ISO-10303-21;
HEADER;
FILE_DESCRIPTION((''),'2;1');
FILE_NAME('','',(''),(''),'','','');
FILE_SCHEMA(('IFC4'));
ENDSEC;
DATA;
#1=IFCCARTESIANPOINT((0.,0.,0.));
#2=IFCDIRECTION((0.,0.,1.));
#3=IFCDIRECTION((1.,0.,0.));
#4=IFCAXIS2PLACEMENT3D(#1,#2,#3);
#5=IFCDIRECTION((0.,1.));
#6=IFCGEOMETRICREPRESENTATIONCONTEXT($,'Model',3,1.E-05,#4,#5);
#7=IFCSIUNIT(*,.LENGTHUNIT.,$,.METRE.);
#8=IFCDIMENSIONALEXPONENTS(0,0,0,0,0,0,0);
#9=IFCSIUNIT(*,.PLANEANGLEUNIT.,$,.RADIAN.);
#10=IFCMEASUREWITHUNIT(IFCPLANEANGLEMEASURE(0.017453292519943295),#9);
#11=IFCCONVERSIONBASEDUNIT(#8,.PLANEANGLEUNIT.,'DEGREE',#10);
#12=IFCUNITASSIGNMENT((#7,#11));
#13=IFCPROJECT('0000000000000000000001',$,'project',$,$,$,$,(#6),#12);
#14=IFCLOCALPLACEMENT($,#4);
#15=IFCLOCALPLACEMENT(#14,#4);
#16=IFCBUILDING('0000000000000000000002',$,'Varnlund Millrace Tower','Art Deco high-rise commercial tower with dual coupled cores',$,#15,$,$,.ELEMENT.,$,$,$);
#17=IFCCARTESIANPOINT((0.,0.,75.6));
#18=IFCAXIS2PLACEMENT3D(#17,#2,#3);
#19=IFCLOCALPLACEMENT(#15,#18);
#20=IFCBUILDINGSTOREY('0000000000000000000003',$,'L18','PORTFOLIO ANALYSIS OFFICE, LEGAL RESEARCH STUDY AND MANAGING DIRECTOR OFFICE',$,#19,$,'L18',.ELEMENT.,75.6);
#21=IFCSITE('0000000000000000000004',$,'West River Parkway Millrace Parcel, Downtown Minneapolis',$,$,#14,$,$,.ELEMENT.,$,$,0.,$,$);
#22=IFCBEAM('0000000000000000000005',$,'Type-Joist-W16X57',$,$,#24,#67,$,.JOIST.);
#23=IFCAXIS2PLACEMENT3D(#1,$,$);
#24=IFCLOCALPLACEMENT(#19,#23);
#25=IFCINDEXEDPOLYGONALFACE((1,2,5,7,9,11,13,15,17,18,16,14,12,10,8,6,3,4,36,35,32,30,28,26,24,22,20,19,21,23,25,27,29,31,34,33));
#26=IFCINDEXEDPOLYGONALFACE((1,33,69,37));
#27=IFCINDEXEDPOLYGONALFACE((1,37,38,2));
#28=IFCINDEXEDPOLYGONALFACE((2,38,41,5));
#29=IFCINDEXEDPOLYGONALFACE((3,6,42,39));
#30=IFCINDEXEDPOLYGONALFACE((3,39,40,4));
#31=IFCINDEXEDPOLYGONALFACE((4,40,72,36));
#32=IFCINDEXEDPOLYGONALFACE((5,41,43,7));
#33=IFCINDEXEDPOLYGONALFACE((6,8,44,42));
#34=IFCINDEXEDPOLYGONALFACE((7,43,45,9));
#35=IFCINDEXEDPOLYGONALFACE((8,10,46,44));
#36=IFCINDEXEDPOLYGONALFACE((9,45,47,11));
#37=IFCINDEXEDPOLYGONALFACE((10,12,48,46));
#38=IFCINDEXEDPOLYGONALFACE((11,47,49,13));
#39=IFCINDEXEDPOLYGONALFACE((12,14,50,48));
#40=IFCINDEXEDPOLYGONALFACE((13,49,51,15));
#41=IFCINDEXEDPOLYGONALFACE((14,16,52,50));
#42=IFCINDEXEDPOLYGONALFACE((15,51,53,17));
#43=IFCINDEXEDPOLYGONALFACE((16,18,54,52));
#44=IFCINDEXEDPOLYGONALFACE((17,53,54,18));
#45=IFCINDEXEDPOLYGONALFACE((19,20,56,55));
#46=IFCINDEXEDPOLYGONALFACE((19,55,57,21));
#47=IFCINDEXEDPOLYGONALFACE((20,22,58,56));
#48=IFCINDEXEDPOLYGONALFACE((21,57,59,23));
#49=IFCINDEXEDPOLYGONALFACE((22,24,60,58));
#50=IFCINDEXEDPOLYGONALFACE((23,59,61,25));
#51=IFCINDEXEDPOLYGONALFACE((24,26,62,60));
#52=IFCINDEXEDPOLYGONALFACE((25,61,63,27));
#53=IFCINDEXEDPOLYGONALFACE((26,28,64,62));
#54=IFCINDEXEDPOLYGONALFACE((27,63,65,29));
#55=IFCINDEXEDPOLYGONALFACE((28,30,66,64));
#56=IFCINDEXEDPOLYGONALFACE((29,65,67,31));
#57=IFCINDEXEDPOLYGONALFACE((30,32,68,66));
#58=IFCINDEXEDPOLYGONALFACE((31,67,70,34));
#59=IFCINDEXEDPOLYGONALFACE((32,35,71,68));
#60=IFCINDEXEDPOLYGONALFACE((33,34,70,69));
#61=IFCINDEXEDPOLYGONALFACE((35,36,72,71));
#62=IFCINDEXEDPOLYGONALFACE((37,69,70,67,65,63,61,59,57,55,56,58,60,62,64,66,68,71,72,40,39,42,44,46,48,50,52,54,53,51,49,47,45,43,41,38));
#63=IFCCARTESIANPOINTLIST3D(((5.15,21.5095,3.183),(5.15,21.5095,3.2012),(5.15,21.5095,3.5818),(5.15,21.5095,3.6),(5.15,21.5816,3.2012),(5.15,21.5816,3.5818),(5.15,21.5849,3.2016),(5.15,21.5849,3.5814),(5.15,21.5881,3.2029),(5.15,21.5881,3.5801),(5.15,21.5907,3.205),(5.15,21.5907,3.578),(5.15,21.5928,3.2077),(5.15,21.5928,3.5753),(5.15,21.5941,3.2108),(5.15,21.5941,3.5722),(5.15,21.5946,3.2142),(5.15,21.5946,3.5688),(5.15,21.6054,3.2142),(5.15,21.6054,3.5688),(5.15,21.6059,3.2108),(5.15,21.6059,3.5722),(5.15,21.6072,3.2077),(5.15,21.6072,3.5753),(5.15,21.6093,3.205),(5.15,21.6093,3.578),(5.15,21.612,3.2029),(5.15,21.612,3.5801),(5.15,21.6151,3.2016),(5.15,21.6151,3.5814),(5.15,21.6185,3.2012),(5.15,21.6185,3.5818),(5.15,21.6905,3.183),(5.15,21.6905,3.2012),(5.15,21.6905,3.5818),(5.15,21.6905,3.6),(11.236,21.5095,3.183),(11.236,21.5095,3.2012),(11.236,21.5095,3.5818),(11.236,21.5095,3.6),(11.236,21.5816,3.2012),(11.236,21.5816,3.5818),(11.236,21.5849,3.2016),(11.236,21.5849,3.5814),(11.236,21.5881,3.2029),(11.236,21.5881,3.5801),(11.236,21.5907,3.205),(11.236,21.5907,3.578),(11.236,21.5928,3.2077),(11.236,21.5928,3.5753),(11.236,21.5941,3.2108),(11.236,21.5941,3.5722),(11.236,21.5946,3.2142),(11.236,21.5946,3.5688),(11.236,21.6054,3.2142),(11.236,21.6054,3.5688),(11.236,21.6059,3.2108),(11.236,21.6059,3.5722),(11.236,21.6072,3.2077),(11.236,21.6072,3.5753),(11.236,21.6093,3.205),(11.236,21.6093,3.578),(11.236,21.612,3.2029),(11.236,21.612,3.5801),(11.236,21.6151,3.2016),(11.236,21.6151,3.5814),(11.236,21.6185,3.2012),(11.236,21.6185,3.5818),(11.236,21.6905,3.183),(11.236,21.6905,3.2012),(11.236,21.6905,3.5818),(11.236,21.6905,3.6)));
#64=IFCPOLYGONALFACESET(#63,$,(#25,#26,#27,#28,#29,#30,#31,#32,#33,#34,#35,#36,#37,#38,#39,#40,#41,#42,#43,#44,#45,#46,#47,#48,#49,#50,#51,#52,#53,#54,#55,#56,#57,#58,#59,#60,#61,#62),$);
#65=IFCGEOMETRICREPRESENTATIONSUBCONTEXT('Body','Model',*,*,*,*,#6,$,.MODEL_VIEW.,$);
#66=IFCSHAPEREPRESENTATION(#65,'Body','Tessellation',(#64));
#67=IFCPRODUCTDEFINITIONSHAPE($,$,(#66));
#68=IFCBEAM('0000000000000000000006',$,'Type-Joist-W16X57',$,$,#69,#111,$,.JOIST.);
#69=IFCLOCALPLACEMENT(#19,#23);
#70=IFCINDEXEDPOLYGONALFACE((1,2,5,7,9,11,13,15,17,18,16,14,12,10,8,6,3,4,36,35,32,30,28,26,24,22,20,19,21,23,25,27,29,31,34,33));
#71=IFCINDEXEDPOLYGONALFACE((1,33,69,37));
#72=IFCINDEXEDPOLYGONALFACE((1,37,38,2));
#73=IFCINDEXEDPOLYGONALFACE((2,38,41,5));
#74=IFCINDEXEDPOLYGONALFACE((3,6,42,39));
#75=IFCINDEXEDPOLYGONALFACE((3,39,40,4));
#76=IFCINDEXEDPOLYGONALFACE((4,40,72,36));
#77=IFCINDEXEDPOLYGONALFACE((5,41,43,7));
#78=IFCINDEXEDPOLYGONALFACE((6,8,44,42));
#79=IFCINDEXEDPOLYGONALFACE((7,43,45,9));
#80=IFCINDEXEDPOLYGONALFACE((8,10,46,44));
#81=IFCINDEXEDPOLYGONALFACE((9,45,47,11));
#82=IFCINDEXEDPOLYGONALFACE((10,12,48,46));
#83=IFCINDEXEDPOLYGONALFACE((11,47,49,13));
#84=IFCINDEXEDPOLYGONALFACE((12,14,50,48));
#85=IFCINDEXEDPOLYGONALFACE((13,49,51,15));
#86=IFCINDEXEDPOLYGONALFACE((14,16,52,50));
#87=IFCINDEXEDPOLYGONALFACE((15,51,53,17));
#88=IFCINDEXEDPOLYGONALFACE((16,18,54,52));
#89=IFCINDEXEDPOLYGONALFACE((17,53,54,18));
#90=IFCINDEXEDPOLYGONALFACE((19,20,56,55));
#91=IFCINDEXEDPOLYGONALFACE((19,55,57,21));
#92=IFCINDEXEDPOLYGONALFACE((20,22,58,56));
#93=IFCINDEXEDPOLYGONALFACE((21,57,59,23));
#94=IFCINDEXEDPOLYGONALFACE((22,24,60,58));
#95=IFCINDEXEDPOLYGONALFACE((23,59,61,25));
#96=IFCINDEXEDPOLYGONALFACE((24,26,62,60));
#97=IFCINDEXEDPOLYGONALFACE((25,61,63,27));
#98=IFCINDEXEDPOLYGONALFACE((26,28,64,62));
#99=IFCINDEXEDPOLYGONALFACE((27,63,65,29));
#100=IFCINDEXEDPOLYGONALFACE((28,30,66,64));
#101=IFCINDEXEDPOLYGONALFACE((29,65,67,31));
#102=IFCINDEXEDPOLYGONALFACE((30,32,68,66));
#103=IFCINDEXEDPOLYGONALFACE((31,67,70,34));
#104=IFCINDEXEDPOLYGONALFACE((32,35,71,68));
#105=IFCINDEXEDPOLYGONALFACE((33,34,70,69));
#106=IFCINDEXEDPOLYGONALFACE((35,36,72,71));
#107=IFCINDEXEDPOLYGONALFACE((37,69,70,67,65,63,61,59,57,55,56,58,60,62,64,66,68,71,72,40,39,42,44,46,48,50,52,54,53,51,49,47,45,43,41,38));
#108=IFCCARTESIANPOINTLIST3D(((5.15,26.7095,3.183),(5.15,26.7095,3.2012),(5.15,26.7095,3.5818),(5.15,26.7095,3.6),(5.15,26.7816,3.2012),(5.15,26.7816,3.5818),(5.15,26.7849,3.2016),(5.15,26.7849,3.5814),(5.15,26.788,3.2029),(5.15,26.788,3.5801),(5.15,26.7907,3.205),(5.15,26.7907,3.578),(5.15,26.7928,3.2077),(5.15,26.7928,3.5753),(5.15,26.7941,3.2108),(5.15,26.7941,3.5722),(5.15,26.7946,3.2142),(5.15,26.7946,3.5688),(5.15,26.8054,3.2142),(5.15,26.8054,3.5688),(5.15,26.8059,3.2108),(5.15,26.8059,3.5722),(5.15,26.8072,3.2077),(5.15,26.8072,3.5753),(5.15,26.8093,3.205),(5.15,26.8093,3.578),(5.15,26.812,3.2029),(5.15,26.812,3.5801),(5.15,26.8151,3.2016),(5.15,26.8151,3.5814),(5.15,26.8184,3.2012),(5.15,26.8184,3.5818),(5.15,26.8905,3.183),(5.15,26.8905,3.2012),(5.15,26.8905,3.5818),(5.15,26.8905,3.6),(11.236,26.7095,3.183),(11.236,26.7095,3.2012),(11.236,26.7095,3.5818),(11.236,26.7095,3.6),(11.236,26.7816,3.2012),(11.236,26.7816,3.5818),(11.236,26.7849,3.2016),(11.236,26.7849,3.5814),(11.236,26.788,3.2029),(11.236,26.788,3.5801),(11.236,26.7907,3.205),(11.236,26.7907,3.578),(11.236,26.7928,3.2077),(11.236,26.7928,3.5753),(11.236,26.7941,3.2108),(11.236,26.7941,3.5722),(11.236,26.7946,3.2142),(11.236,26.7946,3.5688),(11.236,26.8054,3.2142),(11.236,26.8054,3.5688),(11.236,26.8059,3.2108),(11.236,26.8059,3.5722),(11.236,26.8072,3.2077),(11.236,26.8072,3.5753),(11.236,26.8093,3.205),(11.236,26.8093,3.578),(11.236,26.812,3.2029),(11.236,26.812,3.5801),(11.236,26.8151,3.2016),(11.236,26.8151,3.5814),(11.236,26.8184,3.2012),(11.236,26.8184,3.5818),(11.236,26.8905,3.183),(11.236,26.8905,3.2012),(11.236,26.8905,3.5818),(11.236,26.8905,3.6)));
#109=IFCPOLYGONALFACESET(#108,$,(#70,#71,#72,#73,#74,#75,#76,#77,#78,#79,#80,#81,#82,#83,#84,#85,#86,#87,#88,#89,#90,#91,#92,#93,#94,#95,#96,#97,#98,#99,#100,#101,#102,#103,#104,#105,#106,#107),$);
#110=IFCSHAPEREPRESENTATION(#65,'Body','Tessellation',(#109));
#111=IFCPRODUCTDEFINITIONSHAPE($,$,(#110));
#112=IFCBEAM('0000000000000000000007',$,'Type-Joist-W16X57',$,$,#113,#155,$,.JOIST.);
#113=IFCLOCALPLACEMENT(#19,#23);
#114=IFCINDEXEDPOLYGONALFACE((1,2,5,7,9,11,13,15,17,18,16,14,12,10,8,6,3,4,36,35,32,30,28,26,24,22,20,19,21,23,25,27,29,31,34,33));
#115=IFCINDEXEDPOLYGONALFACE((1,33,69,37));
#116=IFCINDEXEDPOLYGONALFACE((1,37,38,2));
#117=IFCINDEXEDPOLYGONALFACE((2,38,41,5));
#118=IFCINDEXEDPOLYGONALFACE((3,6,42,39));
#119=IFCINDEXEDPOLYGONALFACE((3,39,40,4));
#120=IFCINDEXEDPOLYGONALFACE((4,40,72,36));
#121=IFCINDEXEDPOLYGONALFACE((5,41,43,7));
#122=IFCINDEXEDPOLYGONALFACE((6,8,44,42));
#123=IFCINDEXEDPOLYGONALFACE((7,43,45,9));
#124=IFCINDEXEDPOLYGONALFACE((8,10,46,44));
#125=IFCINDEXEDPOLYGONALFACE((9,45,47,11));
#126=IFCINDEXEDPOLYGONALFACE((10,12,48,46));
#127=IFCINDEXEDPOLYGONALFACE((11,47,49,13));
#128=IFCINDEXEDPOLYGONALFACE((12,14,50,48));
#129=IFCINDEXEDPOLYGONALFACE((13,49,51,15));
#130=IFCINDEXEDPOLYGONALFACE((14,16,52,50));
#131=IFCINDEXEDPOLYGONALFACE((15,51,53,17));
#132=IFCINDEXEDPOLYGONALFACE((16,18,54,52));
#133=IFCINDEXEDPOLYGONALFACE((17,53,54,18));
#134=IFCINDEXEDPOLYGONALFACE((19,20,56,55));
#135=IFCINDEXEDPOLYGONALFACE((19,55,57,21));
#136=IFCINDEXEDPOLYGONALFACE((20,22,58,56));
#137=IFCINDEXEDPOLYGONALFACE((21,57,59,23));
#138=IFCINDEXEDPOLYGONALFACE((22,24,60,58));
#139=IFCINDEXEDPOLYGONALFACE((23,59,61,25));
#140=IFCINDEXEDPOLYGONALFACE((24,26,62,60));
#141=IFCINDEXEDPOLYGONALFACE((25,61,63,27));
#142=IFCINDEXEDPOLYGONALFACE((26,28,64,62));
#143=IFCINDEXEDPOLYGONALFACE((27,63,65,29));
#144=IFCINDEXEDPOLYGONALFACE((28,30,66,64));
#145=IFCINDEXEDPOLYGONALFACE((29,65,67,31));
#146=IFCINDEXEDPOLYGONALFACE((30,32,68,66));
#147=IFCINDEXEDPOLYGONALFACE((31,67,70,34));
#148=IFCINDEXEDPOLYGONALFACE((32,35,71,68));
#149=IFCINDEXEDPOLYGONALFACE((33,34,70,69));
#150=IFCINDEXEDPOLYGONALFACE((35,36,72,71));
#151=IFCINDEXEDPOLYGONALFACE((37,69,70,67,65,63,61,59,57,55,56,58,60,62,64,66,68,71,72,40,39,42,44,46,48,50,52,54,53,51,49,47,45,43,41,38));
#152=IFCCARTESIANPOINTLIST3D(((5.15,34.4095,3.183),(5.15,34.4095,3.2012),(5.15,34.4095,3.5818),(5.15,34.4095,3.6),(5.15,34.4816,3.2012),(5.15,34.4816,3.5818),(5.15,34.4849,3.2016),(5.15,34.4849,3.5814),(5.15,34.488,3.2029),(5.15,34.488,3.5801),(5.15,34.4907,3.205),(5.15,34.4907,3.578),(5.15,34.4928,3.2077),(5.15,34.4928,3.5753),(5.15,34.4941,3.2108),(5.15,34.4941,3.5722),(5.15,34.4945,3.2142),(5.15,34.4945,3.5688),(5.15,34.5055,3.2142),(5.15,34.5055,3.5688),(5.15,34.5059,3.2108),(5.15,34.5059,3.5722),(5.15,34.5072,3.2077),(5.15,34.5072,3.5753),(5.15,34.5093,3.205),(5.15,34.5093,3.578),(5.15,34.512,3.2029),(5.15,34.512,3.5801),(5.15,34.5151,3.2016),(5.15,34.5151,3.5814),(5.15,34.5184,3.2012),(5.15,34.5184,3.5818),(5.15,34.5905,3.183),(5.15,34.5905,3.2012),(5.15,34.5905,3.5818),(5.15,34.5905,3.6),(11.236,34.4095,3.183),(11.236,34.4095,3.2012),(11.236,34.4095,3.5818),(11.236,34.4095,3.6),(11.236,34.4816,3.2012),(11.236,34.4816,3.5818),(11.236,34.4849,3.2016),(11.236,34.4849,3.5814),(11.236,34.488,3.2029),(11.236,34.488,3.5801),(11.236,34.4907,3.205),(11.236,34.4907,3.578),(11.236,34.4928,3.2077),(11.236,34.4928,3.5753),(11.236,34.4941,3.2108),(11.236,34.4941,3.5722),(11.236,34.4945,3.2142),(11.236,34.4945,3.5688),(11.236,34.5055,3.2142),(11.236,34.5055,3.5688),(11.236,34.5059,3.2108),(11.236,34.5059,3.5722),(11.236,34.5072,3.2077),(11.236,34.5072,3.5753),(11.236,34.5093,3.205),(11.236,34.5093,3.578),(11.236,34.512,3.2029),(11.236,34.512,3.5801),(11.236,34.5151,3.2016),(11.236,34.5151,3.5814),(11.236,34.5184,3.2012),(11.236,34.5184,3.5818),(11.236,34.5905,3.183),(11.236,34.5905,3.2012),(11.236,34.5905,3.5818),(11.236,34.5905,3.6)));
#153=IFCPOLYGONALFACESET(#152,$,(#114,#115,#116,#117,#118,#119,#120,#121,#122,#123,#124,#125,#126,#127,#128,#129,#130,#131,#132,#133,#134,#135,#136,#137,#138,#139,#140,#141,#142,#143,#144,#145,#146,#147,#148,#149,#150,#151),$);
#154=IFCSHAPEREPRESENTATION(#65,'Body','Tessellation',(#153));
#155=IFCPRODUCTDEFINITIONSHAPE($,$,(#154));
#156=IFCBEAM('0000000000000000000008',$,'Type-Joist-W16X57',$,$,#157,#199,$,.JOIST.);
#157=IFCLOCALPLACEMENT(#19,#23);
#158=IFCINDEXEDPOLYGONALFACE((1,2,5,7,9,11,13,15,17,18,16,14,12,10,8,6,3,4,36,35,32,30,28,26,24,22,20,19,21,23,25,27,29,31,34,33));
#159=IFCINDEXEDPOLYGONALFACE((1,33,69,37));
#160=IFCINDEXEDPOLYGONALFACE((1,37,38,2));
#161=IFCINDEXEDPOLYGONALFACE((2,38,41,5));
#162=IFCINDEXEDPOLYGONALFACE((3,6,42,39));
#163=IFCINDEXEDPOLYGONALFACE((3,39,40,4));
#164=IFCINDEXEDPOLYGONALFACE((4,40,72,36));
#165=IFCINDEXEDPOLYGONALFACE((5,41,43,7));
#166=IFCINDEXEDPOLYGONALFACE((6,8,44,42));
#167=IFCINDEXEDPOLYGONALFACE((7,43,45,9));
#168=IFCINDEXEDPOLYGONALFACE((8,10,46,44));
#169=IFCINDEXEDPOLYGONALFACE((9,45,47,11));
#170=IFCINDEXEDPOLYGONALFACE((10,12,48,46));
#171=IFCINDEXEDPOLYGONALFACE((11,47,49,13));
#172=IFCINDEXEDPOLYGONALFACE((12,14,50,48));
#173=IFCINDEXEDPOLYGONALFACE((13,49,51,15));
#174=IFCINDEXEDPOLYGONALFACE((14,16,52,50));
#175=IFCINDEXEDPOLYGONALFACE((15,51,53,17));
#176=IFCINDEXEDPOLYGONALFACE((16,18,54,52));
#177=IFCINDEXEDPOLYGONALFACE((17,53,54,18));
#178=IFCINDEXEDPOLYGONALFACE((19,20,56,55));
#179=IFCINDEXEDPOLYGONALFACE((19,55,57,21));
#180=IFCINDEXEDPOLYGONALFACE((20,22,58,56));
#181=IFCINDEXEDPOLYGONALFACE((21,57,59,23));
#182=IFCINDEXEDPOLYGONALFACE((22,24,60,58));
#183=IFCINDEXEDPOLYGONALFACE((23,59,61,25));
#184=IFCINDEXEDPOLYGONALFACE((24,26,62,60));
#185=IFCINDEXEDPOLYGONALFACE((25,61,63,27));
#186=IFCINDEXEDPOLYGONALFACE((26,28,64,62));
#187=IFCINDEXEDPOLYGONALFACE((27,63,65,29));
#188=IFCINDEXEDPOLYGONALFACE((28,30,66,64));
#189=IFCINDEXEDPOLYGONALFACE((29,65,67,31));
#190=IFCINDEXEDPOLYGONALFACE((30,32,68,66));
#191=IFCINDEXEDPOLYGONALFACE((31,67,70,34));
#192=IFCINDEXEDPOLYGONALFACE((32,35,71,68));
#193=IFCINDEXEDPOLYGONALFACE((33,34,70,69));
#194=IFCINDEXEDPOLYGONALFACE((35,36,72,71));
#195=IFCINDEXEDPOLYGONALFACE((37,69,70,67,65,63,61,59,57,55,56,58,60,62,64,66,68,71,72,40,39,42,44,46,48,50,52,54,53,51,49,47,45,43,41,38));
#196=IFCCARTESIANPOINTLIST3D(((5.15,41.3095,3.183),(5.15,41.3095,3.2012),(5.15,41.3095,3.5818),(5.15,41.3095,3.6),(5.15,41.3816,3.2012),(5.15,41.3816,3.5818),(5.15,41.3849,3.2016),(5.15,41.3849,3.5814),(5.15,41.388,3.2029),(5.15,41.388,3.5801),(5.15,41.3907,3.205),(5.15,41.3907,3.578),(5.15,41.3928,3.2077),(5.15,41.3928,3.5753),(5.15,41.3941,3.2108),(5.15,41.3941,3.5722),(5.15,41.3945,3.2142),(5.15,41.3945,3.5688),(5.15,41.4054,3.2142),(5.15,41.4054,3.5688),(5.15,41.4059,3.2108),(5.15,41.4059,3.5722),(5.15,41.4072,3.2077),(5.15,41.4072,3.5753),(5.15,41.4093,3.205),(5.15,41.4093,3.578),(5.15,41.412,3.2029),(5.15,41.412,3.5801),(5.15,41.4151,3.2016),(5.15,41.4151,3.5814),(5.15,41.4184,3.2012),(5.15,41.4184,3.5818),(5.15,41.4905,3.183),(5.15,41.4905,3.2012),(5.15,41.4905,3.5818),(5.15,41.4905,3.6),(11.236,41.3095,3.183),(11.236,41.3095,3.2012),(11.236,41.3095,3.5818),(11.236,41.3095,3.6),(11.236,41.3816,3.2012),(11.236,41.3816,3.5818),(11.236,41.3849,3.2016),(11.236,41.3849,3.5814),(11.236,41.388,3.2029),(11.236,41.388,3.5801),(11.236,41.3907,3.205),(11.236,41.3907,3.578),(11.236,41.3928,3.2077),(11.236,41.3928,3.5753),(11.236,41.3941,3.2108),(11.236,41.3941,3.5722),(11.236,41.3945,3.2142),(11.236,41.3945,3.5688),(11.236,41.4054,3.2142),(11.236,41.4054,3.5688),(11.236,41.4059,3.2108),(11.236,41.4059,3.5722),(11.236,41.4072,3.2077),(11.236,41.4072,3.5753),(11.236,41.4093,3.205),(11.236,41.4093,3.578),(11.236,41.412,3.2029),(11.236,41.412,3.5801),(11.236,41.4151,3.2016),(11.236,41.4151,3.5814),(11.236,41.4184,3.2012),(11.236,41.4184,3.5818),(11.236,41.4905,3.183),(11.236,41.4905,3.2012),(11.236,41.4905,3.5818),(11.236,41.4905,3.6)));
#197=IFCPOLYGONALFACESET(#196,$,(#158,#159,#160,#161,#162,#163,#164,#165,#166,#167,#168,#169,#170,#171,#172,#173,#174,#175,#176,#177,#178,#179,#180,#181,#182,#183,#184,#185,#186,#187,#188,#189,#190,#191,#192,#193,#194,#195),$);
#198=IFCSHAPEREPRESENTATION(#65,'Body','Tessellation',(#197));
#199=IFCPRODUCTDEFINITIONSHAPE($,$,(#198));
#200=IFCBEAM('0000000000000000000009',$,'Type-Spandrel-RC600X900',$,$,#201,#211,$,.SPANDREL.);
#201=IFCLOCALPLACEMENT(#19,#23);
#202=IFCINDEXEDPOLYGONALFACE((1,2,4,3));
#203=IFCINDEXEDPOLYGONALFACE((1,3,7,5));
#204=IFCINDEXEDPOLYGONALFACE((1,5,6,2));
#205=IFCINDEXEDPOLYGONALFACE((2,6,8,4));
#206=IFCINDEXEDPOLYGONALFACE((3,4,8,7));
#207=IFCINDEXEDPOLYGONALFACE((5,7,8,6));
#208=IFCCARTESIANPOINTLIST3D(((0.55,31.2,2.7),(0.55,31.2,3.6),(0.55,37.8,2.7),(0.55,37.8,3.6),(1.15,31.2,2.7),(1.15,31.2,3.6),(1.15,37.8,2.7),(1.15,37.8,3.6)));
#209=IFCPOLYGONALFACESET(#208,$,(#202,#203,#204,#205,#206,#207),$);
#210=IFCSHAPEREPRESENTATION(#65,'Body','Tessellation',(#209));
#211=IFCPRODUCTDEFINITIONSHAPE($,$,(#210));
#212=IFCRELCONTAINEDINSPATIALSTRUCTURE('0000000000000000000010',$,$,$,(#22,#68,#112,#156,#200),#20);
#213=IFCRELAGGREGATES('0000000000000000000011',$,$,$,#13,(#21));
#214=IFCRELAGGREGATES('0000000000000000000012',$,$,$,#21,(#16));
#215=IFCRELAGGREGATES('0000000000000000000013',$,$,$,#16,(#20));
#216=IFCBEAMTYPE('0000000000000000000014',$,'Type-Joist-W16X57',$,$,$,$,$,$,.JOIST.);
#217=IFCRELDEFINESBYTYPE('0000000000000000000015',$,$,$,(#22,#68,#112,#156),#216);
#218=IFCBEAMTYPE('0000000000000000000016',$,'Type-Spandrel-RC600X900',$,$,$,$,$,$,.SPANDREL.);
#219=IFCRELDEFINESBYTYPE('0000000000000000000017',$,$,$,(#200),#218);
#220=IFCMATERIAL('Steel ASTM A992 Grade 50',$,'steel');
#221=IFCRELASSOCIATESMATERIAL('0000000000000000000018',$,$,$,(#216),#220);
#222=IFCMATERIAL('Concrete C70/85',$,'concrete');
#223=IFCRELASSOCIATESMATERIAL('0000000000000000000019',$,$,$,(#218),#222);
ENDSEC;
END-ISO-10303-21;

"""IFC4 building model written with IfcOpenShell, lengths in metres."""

from ifc_helpers import new_model, entity, si_unit, converted_unit, direction, frame, origin_with_axes, origin_2d_with_axis, place, context, subcontext, project, spatial, rectangle, i_section, extrude, material, material_profile, profile_set, type_object, element, save


model = new_model("IFC4")

# Units and contexts
model_context = context("Model", 3, precision=1e-05, world=origin_with_axes(), true_north=direction((0.0, 1.0)))
body_context = subcontext(model_context, "Body", "Model", "MODEL_VIEW")
ifc_project = project(units=[si_unit("LENGTHUNIT", "METRE"), converted_unit("PLANEANGLEUNIT", "DEGREE", entity("IfcPlaneAngleMeasure", 0.017453292519943295), si_unit("PLANEANGLEUNIT", "RADIAN"), dimensions=[0, 0, 0, 0, 0, 0, 0])], contexts=[model_context])

# Site, building, storey
site_placement = place(None, origin_with_axes())
site = spatial("IfcSite", under=ifc_project, at=site_placement, Name="West River Parkway Millrace Parcel, Downtown Minneapolis", CompositionType="ELEMENT", RefElevation=0.0)
building_placement = place(site_placement, origin_with_axes())
building = spatial("IfcBuilding", under=site, at=building_placement, Name="Varnlund Millrace Tower", Description="Art Deco high-rise commercial tower with dual coupled cores", CompositionType="ELEMENT")
storey_placement = place(building_placement, frame((0.0, 0.0, 75.6), z_axis=(0.0, 0.0, 1.0), x_axis=(1.0, 0.0, 0.0)))
storey = spatial("IfcBuildingStorey", under=building, at=storey_placement, Name="L18", Description="PORTFOLIO ANALYSIS OFFICE, LEGAL RESEARCH STUDY AND MANAGING DIRECTOR OFFICE", LongName="L18", CompositionType="ELEMENT", Elevation=75.6)

# Beams
ifc_material_1 = material(Name="Steel ASTM A992 Grade 50", Category="steel")
ifc_material_profile_1 = material_profile(ifc_material_1, i_section(OverallWidth=0.181, OverallDepth=0.417, WebThickness=0.0109, FlangeThickness=0.0182, FilletRadius=0.013, at=origin_2d_with_axis()), Name="Steel ASTM A992 Grade 50")
ifc_profile_set_1 = profile_set([ifc_material_profile_1], Name="Steel ASTM A992 Grade 50")
beam_type_1 = type_object("IfcBeamType", Name="Type-Joist-W16X57", PredefinedType="JOIST", material=ifc_profile_set_1)
for number, where, z_axis, x_axis, name in (
    (1, (5.15, 21.6, 3.3915), (1.0, 0.0, 0.0), (0.0, 1.0, 0.0), "Type-Joist-W16X57"),
    (2, (5.15, 26.8, 3.3915), (1.0, 0.0, 0.0), (0.0, 1.0, 0.0), "Type-Joist-W16X57"),
    (3, (5.15, 34.5, 3.3915), (1.0, 0.0, 0.0), (0.0, 1.0, 0.0), "Type-Joist-W16X57"),
    (4, (5.15, 41.4, 3.3915), (1.0, 0.0, 0.0), (0.0, 1.0, 0.0), "Type-Joist-W16X57"),
):
    element("IfcBeam", number, at=place(storey_placement, frame(where, z_axis=z_axis, x_axis=x_axis)), inside=storey, type_object=beam_type_1, Name=name, PredefinedType="JOIST", context=body_context, shape_type="SweptSolid", body=[
        extrude(i_section(OverallWidth=0.181, OverallDepth=0.417, WebThickness=0.0109, FlangeThickness=0.0182, FilletRadius=0.013, at=origin_2d_with_axis()), origin_with_axes(), (0.0, 0.0, 1.0), 6.086),
    ])
ifc_material_2 = material(Name="Concrete C70/85", Category="concrete")
ifc_material_profile_2 = material_profile(ifc_material_2, rectangle(XDim=0.6, YDim=0.9, at=origin_2d_with_axis()), Name="Concrete C70/85")
ifc_profile_set_2 = profile_set([ifc_material_profile_2], Name="Concrete C70/85")
beam_type_2 = type_object("IfcBeamType", Name="Type-Spandrel-RC600X900", PredefinedType="SPANDREL", material=ifc_profile_set_2)
beam_1_placement = place(storey_placement, frame((0.85, 31.2, 3.15), z_axis=(0.0, 1.0, 0.0), x_axis=(-1.0, 0.0, 0.0)))
element("IfcBeam", 5, at=beam_1_placement, inside=storey, type_object=beam_type_2, Name="Type-Spandrel-RC600X900", PredefinedType="SPANDREL", context=body_context, shape_type="SweptSolid", body=[
    extrude(rectangle(XDim=0.6, YDim=0.9, at=origin_2d_with_axis()), origin_with_axes(), (0.0, 0.0, 1.0), 6.6),
])

save(model, "model.ifc")
